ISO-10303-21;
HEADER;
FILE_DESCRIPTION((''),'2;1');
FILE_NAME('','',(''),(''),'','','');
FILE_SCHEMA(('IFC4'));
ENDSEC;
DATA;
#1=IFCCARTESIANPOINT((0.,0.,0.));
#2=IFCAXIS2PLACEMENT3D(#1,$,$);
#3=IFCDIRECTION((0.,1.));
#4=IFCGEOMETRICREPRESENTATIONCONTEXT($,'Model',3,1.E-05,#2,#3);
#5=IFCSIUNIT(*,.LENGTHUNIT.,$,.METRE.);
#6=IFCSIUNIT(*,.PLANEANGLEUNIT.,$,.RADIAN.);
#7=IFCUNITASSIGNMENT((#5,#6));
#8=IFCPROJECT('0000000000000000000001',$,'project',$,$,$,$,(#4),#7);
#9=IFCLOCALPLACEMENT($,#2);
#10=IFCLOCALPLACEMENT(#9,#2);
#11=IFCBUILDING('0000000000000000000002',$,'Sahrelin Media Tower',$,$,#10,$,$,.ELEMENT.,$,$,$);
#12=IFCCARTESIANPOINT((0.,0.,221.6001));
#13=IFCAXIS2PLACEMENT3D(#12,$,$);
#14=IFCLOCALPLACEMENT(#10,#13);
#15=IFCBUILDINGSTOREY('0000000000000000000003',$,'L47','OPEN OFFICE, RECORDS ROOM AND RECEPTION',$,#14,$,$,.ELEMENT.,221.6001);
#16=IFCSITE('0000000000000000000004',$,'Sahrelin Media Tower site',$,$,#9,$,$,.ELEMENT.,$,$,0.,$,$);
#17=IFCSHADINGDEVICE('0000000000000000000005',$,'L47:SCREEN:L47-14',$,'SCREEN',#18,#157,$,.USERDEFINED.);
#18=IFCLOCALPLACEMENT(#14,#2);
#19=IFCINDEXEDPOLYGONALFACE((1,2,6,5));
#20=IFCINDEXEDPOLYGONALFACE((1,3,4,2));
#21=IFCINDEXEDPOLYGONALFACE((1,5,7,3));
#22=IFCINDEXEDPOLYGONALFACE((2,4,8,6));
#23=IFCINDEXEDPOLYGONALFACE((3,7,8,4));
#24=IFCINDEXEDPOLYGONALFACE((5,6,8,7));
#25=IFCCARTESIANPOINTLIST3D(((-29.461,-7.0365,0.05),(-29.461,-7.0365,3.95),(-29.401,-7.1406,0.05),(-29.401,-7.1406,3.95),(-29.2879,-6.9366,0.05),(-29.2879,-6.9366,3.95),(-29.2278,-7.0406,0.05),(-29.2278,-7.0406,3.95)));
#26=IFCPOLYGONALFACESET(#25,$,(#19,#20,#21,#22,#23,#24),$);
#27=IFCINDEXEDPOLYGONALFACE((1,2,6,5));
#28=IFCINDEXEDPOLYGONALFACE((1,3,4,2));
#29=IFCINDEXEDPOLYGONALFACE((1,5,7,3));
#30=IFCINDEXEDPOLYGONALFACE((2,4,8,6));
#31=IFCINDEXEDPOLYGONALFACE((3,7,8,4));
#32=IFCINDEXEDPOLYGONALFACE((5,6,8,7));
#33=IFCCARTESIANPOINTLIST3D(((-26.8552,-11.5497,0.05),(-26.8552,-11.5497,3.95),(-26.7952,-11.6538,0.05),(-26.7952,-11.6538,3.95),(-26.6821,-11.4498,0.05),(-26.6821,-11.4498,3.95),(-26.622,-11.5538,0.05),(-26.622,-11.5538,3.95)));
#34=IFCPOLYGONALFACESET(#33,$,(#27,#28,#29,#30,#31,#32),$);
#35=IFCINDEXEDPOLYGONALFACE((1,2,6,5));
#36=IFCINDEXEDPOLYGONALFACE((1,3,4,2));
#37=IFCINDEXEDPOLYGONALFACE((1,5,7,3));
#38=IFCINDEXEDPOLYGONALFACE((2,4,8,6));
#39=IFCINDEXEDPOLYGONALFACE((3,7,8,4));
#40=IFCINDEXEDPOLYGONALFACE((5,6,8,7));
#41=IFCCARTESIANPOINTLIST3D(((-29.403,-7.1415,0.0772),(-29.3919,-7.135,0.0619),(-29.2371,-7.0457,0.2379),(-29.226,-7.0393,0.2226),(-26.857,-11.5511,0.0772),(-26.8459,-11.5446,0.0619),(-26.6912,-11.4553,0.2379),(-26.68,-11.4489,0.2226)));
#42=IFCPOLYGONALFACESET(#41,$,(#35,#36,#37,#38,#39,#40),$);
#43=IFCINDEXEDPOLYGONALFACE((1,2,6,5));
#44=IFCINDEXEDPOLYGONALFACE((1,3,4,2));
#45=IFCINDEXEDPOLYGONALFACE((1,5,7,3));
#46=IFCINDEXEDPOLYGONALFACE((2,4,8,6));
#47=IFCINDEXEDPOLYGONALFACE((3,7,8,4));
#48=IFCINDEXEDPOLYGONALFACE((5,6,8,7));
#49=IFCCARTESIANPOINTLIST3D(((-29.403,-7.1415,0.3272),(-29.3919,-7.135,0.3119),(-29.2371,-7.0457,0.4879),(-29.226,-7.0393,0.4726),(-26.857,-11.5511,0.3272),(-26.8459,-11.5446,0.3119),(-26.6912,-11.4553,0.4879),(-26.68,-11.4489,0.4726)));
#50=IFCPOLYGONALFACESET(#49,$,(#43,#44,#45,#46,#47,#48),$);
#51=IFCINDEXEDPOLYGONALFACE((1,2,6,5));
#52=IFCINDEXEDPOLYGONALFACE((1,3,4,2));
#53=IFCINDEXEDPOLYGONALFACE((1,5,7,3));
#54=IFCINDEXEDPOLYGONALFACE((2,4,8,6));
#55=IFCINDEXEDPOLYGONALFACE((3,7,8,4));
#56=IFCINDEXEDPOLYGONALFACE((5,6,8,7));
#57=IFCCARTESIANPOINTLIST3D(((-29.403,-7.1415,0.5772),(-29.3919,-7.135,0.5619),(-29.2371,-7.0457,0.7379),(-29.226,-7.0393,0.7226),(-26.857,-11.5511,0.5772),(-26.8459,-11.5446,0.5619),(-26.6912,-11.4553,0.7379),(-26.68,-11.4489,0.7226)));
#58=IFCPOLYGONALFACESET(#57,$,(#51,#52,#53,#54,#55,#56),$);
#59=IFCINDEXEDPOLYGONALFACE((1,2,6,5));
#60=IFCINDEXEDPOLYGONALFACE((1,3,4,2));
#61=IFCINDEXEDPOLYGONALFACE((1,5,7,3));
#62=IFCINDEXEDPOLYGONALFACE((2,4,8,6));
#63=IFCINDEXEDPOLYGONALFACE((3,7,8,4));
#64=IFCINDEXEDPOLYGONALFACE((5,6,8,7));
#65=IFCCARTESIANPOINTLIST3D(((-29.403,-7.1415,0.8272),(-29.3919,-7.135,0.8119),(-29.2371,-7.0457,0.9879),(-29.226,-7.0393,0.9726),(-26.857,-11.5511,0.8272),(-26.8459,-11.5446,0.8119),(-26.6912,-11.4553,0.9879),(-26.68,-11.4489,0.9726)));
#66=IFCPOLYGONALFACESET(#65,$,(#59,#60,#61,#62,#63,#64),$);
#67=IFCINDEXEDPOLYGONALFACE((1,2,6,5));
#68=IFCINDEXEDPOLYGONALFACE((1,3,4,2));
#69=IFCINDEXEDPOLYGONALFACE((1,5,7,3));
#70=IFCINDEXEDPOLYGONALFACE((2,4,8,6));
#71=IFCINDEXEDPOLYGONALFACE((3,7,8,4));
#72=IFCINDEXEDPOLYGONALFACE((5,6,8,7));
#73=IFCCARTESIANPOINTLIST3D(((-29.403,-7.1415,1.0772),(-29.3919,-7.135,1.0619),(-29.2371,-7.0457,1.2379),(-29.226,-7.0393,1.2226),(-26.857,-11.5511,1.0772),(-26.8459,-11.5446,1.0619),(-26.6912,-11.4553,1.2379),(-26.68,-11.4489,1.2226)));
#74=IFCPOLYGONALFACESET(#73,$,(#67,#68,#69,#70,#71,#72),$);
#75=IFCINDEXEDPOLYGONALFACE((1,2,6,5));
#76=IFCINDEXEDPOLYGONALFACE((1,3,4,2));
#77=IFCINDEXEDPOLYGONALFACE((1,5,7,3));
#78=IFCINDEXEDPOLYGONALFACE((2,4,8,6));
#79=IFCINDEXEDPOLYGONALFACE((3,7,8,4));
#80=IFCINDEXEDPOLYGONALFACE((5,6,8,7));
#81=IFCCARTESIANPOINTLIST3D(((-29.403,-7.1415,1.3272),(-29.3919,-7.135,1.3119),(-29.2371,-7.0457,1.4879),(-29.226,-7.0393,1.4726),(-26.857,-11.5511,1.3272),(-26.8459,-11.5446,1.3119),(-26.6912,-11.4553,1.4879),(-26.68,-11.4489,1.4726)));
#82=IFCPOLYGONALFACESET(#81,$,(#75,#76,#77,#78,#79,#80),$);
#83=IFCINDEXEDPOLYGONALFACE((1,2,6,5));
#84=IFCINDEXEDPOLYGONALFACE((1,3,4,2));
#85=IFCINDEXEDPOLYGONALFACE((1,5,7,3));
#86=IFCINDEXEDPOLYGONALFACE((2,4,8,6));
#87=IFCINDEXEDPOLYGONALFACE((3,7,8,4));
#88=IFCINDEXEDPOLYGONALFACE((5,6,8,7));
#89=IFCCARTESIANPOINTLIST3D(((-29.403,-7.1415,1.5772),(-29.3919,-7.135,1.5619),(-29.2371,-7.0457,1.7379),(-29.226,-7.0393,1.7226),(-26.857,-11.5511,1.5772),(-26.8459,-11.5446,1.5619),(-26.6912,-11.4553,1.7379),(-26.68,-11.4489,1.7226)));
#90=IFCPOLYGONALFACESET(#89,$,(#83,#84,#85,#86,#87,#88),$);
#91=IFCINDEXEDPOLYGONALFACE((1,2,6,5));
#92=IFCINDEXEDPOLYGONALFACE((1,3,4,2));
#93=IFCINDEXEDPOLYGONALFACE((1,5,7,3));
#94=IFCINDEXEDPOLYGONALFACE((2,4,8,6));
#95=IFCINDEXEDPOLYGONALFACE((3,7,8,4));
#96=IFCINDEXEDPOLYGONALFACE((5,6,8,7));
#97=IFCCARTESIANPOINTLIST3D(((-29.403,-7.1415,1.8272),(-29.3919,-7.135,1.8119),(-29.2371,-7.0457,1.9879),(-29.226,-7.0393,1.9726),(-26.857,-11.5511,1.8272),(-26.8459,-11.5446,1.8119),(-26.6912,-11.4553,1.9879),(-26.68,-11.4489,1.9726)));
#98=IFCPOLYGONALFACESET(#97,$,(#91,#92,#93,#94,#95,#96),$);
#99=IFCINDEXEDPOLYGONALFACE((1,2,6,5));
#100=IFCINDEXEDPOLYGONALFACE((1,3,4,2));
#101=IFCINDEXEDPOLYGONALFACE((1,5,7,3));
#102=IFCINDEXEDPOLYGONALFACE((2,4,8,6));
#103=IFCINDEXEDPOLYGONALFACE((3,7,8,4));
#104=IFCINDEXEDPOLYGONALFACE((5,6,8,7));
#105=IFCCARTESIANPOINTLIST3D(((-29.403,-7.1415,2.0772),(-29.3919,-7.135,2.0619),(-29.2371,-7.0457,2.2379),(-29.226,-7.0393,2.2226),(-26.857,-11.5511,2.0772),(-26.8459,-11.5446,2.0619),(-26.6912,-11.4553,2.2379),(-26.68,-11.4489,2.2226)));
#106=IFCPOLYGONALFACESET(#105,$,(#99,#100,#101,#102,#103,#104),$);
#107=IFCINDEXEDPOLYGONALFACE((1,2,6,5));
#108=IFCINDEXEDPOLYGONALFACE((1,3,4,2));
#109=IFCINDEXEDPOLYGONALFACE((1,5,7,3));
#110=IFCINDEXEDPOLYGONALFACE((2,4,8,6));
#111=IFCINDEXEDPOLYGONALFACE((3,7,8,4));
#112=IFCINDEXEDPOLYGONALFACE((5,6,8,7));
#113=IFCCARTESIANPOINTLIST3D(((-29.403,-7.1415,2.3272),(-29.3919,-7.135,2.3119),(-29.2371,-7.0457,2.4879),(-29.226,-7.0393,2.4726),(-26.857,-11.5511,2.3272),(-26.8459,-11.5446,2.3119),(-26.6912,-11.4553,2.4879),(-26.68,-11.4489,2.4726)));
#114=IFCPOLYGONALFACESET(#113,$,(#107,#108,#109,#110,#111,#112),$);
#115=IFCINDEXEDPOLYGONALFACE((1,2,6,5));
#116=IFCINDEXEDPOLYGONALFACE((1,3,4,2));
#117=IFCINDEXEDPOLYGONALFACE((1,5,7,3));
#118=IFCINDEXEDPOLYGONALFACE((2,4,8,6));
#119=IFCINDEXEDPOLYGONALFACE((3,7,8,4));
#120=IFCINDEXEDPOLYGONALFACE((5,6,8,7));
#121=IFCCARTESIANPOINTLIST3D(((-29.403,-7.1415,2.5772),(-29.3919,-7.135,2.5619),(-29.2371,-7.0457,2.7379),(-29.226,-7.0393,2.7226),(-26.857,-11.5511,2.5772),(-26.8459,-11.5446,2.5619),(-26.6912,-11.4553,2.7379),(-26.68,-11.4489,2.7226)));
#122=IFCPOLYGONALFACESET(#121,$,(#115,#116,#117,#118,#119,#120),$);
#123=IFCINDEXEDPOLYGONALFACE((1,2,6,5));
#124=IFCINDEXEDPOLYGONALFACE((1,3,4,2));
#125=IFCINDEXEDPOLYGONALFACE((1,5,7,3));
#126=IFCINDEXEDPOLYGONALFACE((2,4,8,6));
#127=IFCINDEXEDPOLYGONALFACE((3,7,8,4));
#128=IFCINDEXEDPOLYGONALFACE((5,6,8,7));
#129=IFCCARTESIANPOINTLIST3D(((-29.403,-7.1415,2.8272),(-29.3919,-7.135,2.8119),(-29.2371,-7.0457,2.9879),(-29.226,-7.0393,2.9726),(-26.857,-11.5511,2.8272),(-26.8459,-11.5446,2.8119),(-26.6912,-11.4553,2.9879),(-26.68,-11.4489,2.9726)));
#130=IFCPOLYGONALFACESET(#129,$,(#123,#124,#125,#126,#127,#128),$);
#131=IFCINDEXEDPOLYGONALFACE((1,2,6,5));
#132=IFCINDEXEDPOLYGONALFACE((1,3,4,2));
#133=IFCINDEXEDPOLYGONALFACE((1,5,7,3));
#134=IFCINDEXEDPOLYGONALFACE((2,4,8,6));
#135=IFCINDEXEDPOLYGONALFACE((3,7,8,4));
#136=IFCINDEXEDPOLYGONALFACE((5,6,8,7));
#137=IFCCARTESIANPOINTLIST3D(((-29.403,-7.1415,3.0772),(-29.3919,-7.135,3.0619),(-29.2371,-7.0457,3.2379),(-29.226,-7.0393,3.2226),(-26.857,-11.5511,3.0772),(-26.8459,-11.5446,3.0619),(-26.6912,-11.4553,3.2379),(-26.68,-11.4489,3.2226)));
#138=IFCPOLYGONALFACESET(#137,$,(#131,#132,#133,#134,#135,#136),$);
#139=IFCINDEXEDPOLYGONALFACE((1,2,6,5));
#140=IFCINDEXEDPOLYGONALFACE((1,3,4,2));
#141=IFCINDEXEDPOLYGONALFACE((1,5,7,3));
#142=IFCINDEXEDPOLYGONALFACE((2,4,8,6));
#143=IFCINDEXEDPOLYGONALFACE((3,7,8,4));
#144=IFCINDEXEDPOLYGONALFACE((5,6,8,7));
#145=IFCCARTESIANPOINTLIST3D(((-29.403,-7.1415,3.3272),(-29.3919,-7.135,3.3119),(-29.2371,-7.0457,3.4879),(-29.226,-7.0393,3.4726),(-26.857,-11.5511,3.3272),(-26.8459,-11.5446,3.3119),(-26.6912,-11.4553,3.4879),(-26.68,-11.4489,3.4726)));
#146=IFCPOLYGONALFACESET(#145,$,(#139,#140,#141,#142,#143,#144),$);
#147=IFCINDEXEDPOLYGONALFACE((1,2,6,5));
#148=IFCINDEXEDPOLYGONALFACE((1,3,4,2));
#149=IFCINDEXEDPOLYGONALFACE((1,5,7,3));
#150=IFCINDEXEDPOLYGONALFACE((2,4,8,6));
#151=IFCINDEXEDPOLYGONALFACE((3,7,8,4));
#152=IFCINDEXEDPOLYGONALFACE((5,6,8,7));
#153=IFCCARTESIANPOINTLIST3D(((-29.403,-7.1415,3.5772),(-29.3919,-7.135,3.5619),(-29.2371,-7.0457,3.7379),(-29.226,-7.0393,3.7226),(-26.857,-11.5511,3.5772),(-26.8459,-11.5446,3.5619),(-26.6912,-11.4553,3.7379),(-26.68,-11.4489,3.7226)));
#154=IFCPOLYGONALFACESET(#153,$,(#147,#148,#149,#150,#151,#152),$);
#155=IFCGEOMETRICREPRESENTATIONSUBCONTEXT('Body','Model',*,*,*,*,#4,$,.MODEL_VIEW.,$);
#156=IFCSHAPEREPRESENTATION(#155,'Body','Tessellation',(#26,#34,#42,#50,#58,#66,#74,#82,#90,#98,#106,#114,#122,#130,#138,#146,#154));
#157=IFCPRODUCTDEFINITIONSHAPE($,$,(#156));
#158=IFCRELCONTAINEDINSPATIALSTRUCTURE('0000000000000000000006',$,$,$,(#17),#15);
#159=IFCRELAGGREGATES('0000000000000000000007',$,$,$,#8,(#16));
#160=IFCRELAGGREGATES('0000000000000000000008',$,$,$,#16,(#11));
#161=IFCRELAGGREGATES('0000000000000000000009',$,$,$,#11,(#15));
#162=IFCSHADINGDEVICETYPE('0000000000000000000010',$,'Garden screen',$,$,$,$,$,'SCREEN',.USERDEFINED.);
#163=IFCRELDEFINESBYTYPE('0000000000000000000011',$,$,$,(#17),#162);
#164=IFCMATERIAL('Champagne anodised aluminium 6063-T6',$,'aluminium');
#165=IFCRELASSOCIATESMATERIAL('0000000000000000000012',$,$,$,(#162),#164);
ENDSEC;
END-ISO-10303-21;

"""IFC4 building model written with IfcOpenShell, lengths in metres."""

from ifc_helpers import new_model, si_unit, direction, frame, origin, origin_2d, place, context, subcontext, project, spatial, rectangle, extrude, material, type_object, element, save


model = new_model("IFC4")

# Units and contexts
model_context = context("Model", 3, precision=1e-05, world=origin(), true_north=direction((0.0, 1.0)))
body_context = subcontext(model_context, "Body", "Model", "MODEL_VIEW")
ifc_project = project(units=[si_unit("LENGTHUNIT", "METRE"), si_unit("PLANEANGLEUNIT", "RADIAN")], contexts=[model_context])

# Site, building, storey
site_placement = place(None, origin())
site = spatial("IfcSite", under=ifc_project, at=site_placement, Name="Sahrelin Media Tower site", CompositionType="ELEMENT", RefElevation=0.0)
building_placement = place(site_placement, origin())
building = spatial("IfcBuilding", under=site, at=building_placement, Name="Sahrelin Media Tower", CompositionType="ELEMENT")
storey_placement = place(building_placement, frame((0.0, 0.0, 221.6001)))
storey = spatial("IfcBuildingStorey", under=building, at=storey_placement, Name="L47", Description="OPEN OFFICE, RECORDS ROOM AND RECEPTION", CompositionType="ELEMENT", Elevation=221.6001)

# Shading device
ifc_material_1 = material(Name="Champagne anodised aluminium 6063-T6", Category="aluminium")
shading_device_type = type_object("IfcShadingDeviceType", Name="Garden screen", ElementType="SCREEN", PredefinedType="USERDEFINED", material=ifc_material_1)
shading_device_1_placement = place(storey_placement, frame((-27.9548, -9.2451, 0.0), z_axis=(0.0, 0.0, 1.0), x_axis=(-0.500011, 0.866019, 0.0)))
element("IfcShadingDevice", 1, at=shading_device_1_placement, inside=storey, type_object=shading_device_type, Name="L47:SCREEN:L47-14", ObjectType="SCREEN", PredefinedType="USERDEFINED", context=body_context, shape_type="SweptSolid", body=[
    extrude(rectangle(XDim=0.1201, YDim=0.2, at=origin_2d()), frame((2.6057, 0.1001, 0.05), z_axis=(0.0, 0.0, 1.0), x_axis=(1.0, 0.0, 0.0)), (0.0, 0.0, 1.0), 3.8999),
    extrude(rectangle(XDim=0.1201, YDim=0.2, at=origin_2d()), frame((-2.6057, 0.1001, 0.05), z_axis=(0.0, 0.0, 1.0), x_axis=(1.0, 0.0, 0.0)), (0.0, 0.0, 1.0), 3.8999),
    extrude(rectangle(XDim=0.25, YDim=0.02, at=origin_2d()), frame((2.5459, 0.1001, 0.1499), z_axis=(-1.0, 0.0, 0.0), x_axis=(0.0, -0.766044, 0.642788)), (0.0, 0.0, 1.0), 5.0918),
    extrude(rectangle(XDim=0.25, YDim=0.02, at=origin_2d()), frame((2.5459, 0.1001, 0.3999), z_axis=(-1.0, 0.0, 0.0), x_axis=(0.0, -0.766044, 0.642788)), (0.0, 0.0, 1.0), 5.0918),
    extrude(rectangle(XDim=0.25, YDim=0.02, at=origin_2d()), frame((2.5459, 0.1001, 0.6499), z_axis=(-1.0, 0.0, 0.0), x_axis=(0.0, -0.766044, 0.642788)), (0.0, 0.0, 1.0), 5.0918),
    extrude(rectangle(XDim=0.25, YDim=0.02, at=origin_2d()), frame((2.5459, 0.1001, 0.8999), z_axis=(-1.0, 0.0, 0.0), x_axis=(0.0, -0.766044, 0.642788)), (0.0, 0.0, 1.0), 5.0918),
    extrude(rectangle(XDim=0.25, YDim=0.02, at=origin_2d()), frame((2.5459, 0.1001, 1.1499), z_axis=(-1.0, 0.0, 0.0), x_axis=(0.0, -0.766044, 0.642788)), (0.0, 0.0, 1.0), 5.0918),
    extrude(rectangle(XDim=0.25, YDim=0.02, at=origin_2d()), frame((2.5459, 0.1001, 1.3999), z_axis=(-1.0, 0.0, 0.0), x_axis=(0.0, -0.766044, 0.642788)), (0.0, 0.0, 1.0), 5.0918),
    extrude(rectangle(XDim=0.25, YDim=0.02, at=origin_2d()), frame((2.5459, 0.1001, 1.6499), z_axis=(-1.0, 0.0, 0.0), x_axis=(0.0, -0.766044, 0.642788)), (0.0, 0.0, 1.0), 5.0918),
    extrude(rectangle(XDim=0.25, YDim=0.02, at=origin_2d()), frame((2.5459, 0.1001, 1.8999), z_axis=(-1.0, 0.0, 0.0), x_axis=(0.0, -0.766044, 0.642788)), (0.0, 0.0, 1.0), 5.0918),
    extrude(rectangle(XDim=0.25, YDim=0.02, at=origin_2d()), frame((2.5459, 0.1001, 2.1499), z_axis=(-1.0, 0.0, 0.0), x_axis=(0.0, -0.766044, 0.642788)), (0.0, 0.0, 1.0), 5.0918),
    extrude(rectangle(XDim=0.25, YDim=0.02, at=origin_2d()), frame((2.5459, 0.1001, 2.3999), z_axis=(-1.0, 0.0, 0.0), x_axis=(0.0, -0.766044, 0.642788)), (0.0, 0.0, 1.0), 5.0918),
    extrude(rectangle(XDim=0.25, YDim=0.02, at=origin_2d()), frame((2.5459, 0.1001, 2.6499), z_axis=(-1.0, 0.0, 0.0), x_axis=(0.0, -0.766044, 0.642788)), (0.0, 0.0, 1.0), 5.0918),
    extrude(rectangle(XDim=0.25, YDim=0.02, at=origin_2d()), frame((2.5459, 0.1001, 2.8999), z_axis=(-1.0, 0.0, 0.0), x_axis=(0.0, -0.766044, 0.642788)), (0.0, 0.0, 1.0), 5.0918),
    extrude(rectangle(XDim=0.25, YDim=0.02, at=origin_2d()), frame((2.5459, 0.1001, 3.1499), z_axis=(-1.0, 0.0, 0.0), x_axis=(0.0, -0.766044, 0.642788)), (0.0, 0.0, 1.0), 5.0918),
    extrude(rectangle(XDim=0.25, YDim=0.02, at=origin_2d()), frame((2.5459, 0.1001, 3.3999), z_axis=(-1.0, 0.0, 0.0), x_axis=(0.0, -0.766044, 0.642788)), (0.0, 0.0, 1.0), 5.0918),
    extrude(rectangle(XDim=0.25, YDim=0.02, at=origin_2d()), frame((2.5459, 0.1001, 3.6499), z_axis=(-1.0, 0.0, 0.0), x_axis=(0.0, -0.766044, 0.642788)), (0.0, 0.0, 1.0), 5.0918),
])

save(model, "model.ifc")
